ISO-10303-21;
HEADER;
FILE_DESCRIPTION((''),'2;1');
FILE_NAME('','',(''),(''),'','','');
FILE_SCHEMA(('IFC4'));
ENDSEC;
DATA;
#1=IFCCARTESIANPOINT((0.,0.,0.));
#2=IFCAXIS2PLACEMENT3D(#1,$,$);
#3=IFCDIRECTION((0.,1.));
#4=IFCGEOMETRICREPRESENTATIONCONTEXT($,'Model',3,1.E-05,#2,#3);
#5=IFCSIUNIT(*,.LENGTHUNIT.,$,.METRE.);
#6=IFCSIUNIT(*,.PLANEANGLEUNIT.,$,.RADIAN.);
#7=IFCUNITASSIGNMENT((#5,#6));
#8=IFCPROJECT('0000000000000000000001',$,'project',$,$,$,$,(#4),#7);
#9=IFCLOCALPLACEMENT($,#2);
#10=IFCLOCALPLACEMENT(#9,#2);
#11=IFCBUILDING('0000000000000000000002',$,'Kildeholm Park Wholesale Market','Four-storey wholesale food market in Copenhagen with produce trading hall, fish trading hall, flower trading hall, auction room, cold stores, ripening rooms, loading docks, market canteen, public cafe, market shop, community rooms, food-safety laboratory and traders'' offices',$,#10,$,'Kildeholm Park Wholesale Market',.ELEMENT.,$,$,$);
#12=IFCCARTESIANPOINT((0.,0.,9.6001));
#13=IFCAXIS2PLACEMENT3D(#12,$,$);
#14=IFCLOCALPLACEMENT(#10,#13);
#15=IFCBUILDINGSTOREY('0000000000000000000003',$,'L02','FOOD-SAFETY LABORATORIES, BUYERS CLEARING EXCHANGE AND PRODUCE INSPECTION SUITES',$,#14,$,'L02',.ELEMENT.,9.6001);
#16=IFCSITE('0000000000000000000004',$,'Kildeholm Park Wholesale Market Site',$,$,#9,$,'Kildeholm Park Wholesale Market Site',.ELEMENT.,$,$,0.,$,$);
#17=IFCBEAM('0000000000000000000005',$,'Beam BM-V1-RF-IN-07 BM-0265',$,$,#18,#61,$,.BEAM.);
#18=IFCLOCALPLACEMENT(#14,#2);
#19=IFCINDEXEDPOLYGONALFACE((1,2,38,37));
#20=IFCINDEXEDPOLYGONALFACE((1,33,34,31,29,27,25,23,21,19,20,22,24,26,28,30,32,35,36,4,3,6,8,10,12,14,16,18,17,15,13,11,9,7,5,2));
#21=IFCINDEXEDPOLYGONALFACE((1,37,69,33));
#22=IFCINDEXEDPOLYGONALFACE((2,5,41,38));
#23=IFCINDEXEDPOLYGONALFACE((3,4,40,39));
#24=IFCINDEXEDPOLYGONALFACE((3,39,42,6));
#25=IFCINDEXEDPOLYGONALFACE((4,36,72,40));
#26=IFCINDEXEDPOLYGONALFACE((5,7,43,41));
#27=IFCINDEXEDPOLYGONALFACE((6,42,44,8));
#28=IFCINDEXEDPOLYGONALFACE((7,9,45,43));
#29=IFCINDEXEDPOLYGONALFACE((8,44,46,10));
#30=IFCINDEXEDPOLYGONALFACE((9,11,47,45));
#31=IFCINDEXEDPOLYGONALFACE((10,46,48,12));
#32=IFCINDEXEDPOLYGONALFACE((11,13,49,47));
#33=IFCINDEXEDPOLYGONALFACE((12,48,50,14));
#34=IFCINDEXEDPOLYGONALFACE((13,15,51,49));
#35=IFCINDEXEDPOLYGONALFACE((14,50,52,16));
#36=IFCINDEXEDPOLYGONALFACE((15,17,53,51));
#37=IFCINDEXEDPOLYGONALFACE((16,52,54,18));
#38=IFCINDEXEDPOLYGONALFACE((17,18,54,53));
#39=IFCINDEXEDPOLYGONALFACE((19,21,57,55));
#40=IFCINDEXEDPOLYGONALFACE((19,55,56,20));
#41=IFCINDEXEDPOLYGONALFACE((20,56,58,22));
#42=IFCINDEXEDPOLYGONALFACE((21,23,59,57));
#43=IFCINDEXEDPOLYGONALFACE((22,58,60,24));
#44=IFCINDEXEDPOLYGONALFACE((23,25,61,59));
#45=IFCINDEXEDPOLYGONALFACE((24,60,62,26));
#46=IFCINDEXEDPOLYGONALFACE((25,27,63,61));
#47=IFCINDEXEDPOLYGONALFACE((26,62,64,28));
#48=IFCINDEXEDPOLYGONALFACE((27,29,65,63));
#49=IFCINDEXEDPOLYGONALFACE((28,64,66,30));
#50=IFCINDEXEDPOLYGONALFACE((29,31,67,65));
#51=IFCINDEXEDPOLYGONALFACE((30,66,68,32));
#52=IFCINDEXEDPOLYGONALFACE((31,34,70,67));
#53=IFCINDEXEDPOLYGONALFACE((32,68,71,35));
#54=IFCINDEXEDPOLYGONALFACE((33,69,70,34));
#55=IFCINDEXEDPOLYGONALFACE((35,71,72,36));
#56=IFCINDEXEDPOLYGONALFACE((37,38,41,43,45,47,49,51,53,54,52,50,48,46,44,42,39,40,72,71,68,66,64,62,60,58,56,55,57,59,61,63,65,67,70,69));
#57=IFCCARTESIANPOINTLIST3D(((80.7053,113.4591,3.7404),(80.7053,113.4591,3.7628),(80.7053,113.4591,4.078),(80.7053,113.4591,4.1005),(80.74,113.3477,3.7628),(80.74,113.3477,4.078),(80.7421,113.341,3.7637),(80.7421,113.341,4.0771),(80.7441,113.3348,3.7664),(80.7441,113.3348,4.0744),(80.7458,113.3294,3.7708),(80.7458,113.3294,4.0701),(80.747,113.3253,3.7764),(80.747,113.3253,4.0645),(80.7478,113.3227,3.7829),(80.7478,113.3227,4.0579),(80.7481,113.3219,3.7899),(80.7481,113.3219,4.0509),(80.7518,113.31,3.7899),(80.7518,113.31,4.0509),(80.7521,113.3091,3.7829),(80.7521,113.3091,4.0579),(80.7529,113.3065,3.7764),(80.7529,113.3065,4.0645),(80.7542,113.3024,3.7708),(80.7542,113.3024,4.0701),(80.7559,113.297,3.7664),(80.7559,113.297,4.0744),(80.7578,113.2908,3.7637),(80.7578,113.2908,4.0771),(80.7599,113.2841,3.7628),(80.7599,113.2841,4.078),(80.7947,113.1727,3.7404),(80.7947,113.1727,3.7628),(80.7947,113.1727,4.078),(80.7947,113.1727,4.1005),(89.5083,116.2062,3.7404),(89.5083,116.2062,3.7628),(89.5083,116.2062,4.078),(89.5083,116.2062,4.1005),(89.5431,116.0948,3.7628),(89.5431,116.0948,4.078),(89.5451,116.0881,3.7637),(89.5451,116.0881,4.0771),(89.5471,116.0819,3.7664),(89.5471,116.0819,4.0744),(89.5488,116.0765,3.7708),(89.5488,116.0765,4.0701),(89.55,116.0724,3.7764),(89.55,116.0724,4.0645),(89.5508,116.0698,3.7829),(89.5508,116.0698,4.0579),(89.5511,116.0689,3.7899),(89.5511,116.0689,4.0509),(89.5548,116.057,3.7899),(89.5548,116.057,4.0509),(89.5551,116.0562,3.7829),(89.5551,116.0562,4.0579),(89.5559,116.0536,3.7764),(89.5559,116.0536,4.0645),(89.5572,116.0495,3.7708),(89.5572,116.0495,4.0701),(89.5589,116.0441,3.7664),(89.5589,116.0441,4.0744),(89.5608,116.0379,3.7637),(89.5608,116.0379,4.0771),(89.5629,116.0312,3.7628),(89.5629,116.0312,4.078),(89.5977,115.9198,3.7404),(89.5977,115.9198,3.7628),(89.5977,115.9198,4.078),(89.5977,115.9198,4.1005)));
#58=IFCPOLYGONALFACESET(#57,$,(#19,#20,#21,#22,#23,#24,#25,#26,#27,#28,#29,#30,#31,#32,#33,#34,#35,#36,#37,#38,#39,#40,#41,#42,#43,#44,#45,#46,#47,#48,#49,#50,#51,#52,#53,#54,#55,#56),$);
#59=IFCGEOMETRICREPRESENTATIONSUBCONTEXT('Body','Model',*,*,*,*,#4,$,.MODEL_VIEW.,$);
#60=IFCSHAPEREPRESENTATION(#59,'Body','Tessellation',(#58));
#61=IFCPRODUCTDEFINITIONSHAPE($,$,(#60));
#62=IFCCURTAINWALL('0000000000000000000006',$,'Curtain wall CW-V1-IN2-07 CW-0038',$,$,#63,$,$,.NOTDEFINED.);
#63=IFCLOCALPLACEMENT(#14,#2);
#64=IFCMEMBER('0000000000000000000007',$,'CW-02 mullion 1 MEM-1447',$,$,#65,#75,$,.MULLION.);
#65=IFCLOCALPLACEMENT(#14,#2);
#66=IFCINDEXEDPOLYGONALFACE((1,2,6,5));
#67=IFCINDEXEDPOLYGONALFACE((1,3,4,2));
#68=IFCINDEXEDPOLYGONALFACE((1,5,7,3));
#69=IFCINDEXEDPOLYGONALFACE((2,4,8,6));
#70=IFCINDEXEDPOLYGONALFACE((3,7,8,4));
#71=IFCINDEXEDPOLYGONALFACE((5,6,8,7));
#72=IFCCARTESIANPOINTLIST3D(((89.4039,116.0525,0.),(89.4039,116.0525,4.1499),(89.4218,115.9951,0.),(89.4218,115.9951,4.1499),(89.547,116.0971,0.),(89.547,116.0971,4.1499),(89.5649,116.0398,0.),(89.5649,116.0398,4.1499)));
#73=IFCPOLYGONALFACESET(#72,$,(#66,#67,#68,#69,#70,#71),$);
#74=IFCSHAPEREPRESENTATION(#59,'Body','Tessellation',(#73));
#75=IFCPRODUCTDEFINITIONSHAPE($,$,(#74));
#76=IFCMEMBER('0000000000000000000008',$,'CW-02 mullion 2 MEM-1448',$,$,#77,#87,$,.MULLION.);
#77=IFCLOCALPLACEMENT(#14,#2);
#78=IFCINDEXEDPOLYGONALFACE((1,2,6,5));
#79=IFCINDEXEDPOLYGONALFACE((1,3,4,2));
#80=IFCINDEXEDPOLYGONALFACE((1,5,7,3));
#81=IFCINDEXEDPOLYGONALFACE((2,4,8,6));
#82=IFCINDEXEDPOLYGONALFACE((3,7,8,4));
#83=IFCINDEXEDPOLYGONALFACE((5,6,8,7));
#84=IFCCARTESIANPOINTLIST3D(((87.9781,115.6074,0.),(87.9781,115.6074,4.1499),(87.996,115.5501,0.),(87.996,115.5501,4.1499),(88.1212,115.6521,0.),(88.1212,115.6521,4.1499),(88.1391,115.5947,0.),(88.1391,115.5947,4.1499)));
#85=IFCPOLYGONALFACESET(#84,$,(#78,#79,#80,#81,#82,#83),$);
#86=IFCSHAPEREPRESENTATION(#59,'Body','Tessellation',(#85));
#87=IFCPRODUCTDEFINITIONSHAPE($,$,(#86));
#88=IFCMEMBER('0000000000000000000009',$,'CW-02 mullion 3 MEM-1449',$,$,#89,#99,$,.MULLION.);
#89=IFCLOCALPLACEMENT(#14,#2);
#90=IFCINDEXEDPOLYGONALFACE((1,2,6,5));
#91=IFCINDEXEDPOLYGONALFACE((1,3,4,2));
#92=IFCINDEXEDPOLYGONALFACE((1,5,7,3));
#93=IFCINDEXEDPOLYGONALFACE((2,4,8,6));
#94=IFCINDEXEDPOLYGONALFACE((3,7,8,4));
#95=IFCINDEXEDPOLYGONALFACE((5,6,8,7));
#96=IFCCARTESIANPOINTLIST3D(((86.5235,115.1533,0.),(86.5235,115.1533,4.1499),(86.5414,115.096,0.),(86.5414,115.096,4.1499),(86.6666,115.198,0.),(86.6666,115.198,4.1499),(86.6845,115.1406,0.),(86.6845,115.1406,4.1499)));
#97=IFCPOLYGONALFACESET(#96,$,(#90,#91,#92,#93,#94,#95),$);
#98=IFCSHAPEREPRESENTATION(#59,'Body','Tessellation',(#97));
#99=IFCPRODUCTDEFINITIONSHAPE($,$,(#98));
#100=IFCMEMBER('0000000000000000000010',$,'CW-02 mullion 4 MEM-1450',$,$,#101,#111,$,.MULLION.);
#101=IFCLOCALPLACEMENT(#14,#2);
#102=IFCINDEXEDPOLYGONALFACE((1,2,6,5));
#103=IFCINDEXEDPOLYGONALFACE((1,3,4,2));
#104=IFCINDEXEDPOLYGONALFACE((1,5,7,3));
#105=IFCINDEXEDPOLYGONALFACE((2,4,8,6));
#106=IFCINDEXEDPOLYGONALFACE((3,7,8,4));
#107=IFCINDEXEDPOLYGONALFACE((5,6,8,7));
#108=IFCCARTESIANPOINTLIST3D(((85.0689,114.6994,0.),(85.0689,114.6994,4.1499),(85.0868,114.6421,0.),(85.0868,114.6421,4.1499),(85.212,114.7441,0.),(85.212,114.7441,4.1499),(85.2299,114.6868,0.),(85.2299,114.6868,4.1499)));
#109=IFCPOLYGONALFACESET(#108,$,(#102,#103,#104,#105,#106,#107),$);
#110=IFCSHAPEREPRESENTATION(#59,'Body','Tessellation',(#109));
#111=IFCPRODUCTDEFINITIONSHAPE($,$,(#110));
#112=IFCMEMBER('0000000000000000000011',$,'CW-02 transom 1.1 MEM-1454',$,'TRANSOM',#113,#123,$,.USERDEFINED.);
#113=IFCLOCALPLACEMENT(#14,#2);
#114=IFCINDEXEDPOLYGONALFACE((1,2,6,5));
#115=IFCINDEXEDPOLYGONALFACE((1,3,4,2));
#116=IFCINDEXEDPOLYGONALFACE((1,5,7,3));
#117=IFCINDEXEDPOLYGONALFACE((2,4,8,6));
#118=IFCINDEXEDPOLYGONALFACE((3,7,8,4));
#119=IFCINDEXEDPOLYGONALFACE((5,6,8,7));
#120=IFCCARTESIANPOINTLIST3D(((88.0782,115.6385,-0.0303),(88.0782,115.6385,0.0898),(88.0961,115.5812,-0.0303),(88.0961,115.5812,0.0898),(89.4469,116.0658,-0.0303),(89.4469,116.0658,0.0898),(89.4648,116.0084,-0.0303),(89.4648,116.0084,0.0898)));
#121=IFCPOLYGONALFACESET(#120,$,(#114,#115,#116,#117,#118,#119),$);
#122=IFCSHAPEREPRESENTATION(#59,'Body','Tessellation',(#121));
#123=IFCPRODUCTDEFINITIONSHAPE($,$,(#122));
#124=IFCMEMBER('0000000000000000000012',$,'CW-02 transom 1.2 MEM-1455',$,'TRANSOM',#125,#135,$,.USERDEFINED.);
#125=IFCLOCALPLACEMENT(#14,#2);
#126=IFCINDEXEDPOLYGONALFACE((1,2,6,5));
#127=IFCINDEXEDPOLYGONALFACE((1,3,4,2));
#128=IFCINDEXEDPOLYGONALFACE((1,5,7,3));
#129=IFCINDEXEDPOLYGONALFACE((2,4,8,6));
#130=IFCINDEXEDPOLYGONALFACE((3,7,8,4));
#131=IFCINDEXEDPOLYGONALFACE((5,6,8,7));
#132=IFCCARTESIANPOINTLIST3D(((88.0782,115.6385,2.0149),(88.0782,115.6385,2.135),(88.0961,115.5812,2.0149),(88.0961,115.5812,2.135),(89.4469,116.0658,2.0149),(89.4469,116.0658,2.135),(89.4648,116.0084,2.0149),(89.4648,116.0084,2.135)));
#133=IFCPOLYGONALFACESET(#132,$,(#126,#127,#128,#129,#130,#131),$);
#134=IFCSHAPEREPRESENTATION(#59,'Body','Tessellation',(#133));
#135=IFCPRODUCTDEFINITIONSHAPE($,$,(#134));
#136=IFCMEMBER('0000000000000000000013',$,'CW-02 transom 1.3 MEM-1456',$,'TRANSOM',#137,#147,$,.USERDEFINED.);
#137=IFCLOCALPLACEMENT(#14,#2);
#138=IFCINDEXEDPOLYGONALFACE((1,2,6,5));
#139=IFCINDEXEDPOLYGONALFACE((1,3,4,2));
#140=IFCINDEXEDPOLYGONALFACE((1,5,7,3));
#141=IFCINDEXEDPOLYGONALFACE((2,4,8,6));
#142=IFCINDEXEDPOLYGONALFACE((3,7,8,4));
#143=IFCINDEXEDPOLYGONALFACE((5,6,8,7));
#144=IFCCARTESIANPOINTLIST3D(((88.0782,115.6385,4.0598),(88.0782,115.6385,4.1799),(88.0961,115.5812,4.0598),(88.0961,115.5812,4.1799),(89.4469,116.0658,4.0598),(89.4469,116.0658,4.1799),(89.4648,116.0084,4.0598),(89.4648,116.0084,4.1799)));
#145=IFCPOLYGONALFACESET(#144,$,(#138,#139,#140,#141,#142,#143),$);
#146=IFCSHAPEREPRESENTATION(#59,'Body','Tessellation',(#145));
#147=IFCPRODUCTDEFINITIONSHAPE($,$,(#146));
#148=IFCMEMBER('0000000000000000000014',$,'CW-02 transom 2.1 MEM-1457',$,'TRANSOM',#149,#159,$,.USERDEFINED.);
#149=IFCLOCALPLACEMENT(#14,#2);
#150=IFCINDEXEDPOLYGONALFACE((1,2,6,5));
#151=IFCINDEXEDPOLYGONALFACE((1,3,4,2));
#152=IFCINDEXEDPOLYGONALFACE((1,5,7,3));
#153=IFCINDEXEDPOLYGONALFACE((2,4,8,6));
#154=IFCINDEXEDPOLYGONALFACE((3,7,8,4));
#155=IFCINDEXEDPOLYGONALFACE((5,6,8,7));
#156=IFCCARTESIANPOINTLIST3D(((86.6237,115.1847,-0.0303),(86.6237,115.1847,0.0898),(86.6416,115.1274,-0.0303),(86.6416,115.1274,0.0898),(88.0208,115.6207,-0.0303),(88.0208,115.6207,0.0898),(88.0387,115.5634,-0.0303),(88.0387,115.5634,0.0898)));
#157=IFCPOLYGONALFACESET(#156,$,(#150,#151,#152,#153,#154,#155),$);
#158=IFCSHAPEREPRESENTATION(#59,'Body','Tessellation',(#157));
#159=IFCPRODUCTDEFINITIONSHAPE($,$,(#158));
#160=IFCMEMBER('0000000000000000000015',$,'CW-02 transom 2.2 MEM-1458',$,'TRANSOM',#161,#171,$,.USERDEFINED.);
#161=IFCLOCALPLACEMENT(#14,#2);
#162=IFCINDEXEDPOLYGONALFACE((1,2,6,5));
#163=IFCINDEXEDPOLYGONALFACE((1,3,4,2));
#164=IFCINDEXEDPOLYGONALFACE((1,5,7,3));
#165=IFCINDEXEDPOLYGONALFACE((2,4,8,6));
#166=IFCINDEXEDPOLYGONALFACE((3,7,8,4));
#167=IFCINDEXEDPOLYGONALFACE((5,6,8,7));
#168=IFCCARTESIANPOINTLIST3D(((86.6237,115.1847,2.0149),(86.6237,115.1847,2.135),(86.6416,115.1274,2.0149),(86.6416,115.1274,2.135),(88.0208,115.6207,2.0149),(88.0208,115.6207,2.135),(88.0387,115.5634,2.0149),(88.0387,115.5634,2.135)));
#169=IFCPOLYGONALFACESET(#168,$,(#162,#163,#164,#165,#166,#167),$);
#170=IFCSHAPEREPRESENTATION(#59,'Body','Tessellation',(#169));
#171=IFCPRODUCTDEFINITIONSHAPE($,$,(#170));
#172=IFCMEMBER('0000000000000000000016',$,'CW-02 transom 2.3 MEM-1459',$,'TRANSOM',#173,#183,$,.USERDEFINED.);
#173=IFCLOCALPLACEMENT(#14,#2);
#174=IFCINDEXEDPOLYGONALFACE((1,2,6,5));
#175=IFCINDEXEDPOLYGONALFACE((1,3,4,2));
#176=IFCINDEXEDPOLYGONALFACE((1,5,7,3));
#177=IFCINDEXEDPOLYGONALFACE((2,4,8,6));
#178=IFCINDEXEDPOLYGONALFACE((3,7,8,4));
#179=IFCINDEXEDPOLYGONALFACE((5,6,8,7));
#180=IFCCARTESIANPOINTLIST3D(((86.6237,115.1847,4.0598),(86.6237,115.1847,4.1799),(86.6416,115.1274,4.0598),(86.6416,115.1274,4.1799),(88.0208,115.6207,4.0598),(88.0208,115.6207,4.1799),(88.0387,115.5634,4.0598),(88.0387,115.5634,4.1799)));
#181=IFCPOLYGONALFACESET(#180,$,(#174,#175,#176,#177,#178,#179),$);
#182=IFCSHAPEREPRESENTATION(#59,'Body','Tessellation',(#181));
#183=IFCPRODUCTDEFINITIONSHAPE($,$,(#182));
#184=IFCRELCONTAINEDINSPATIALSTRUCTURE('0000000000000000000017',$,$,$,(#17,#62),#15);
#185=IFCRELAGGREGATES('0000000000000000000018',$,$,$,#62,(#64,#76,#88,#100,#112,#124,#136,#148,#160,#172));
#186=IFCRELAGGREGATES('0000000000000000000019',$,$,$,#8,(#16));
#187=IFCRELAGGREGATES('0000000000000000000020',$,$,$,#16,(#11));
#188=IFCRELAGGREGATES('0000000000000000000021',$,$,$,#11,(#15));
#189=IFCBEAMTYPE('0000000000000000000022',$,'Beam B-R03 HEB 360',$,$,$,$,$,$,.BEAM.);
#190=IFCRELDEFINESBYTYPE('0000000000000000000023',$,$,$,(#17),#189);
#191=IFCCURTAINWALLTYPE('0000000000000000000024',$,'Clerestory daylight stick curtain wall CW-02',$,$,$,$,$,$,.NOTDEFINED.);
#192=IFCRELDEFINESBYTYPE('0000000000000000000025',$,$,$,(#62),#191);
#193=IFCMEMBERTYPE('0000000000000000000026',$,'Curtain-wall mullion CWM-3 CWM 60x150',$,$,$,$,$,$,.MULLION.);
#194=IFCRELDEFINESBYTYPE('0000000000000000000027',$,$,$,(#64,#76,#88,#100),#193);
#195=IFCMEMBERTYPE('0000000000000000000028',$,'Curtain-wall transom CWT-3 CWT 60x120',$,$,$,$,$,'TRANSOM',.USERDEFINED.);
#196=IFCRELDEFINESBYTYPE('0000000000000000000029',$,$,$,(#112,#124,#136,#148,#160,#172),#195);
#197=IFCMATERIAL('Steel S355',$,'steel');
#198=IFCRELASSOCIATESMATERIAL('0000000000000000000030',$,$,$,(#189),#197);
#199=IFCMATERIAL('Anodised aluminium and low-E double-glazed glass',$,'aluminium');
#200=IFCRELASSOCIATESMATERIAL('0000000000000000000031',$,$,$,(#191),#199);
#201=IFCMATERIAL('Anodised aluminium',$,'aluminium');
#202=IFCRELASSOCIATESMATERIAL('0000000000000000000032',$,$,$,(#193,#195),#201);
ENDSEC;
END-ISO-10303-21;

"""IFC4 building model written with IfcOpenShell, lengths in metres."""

from ifc_helpers import new_model, si_unit, direction, frame, origin, origin_2d, place, context, subcontext, project, spatial, rectangle, i_section, extrude, material, material_profile, profile_set, type_object, element, aggregate, save


model = new_model("IFC4")

# Units and contexts
model_context = context("Model", 3, precision=1e-05, world=origin(), true_north=direction((0.0, 1.0)))
body_context = subcontext(model_context, "Body", "Model", "MODEL_VIEW")
ifc_project = project(units=[si_unit("LENGTHUNIT", "METRE"), si_unit("PLANEANGLEUNIT", "RADIAN")], contexts=[model_context])

# Site, building, storey
site_placement = place(None, origin())
site = spatial("IfcSite", under=ifc_project, at=site_placement, Name="Kildeholm Park Wholesale Market Site", LongName="Kildeholm Park Wholesale Market Site", CompositionType="ELEMENT", RefElevation=0.0)
building_placement = place(site_placement, origin())
building = spatial("IfcBuilding", under=site, at=building_placement, Name="Kildeholm Park Wholesale Market", Description="Four-storey wholesale food market in Copenhagen with produce trading hall, fish trading hall, flower trading hall, auction room, cold stores, ripening rooms, loading docks, market canteen, public cafe, market shop, community rooms, food-safety laboratory and traders' offices", LongName="Kildeholm Park Wholesale Market", CompositionType="ELEMENT")
storey_placement = place(building_placement, frame((0.0, 0.0, 9.6001)))
storey = spatial("IfcBuildingStorey", under=building, at=storey_placement, Name="L02", Description="FOOD-SAFETY LABORATORIES, BUYERS CLEARING EXCHANGE AND PRODUCE INSPECTION SUITES", LongName="L02", CompositionType="ELEMENT", Elevation=9.6001)

# Shared definitions
ifc_material_1 = material(Name="Steel S355", Category="steel")

# Beam
ifc_material_profile_1 = material_profile(ifc_material_1, i_section(OverallWidth=0.3, OverallDepth=0.3601, WebThickness=0.0125, FlangeThickness=0.0225, FilletRadius=0.0271, at=origin_2d()), Name="HEB 360")
ifc_profile_set_1 = profile_set([ifc_material_profile_1], Name="Steel S355")
beam_type_1 = type_object("IfcBeamType", Name="Beam B-R03 HEB 360", PredefinedType="BEAM", material=ifc_profile_set_1)
beam_1_placement = place(storey_placement, frame((89.553, 116.063, 3.9204), z_axis=(-0.954599, -0.297894, 0.0), x_axis=(0.297894, -0.954599, 0.0)))
element("IfcBeam", 1, at=beam_1_placement, inside=storey, type_object=beam_type_1, Name="Beam BM-V1-RF-IN-07 BM-0265", PredefinedType="BEAM", context=body_context, shape_type="SweptSolid", body=[
    extrude(i_section(OverallWidth=0.3, OverallDepth=0.3601, WebThickness=0.0125, FlangeThickness=0.0225, FilletRadius=0.0271, at=origin_2d()), origin(), (0.0, 0.0, 1.0), 9.2217),
])

# Curtain wall, members
ifc_material_2 = material(Name="Anodised aluminium and low-E double-glazed glass", Category="aluminium")
curtain_wall_type = type_object("IfcCurtainWallType", Name="Clerestory daylight stick curtain wall CW-02", PredefinedType="NOTDEFINED", material=ifc_material_2)
curtain_wall_placement = place(storey_placement, origin())
curtain_wall = element("IfcCurtainWall", 2, at=curtain_wall_placement, inside=storey, type_object=curtain_wall_type, Name="Curtain wall CW-V1-IN2-07 CW-0038", PredefinedType="NOTDEFINED")
ifc_material_3 = material(Name="Anodised aluminium", Category="aluminium")
ifc_material_profile_2 = material_profile(ifc_material_3, rectangle(XDim=0.0601, YDim=0.1499, at=origin_2d()), Name="CWM 60x150")
ifc_profile_set_2 = profile_set([ifc_material_profile_2], Name="Anodised aluminium")
member_type_1 = type_object("IfcMemberType", Name="Curtain-wall mullion CWM-3 CWM 60x150", PredefinedType="MULLION", material=ifc_profile_set_2)
member_1_placement = place(storey_placement, frame((89.4844, 116.0461, 0.0), z_axis=(0.0, 0.0, 1.0), x_axis=(0.297957, -0.954579, 0.0)))
member_1 = element("IfcMember", 3, at=member_1_placement, type_object=member_type_1, Name="CW-02 mullion 1 MEM-1447", PredefinedType="MULLION", context=body_context, shape_type="SweptSolid", body=[
    extrude(rectangle(XDim=0.0601, YDim=0.1499, at=origin_2d()), origin(), (0.0, 0.0, 1.0), 4.1499),
])
member_2_placement = place(storey_placement, frame((88.0586, 115.6011, 0.0), z_axis=(0.0, 0.0, 1.0), x_axis=(0.297957, -0.954579, 0.0)))
member_2 = element("IfcMember", 4, at=member_2_placement, type_object=member_type_1, Name="CW-02 mullion 2 MEM-1448", PredefinedType="MULLION", context=body_context, shape_type="SweptSolid", body=[
    extrude(rectangle(XDim=0.0601, YDim=0.1499, at=origin_2d()), origin(), (0.0, 0.0, 1.0), 4.1499),
])
member_3_placement = place(storey_placement, frame((86.604, 115.147, 0.0), z_axis=(0.0, 0.0, 1.0), x_axis=(0.297957, -0.954579, 0.0)))
member_3 = element("IfcMember", 5, at=member_3_placement, type_object=member_type_1, Name="CW-02 mullion 3 MEM-1449", PredefinedType="MULLION", context=body_context, shape_type="SweptSolid", body=[
    extrude(rectangle(XDim=0.0601, YDim=0.1499, at=origin_2d()), origin(), (0.0, 0.0, 1.0), 4.1499),
])
member_4_placement = place(storey_placement, frame((85.1494, 114.6931, 0.0), z_axis=(0.0, 0.0, 1.0), x_axis=(0.297957, -0.954579, 0.0)))
member_4 = element("IfcMember", 6, at=member_4_placement, type_object=member_type_1, Name="CW-02 mullion 4 MEM-1450", PredefinedType="MULLION", context=body_context, shape_type="SweptSolid", body=[
    extrude(rectangle(XDim=0.0601, YDim=0.1499, at=origin_2d()), origin(), (0.0, 0.0, 1.0), 4.1499),
])
ifc_material_profile_3 = material_profile(ifc_material_3, rectangle(XDim=0.0601, YDim=0.1201, at=origin_2d()), Name="CWT 60x120")
ifc_profile_set_3 = profile_set([ifc_material_profile_3], Name="Anodised aluminium")
member_type_2 = type_object("IfcMemberType", Name="Curtain-wall transom CWT-3 CWT 60x120", ElementType="TRANSOM", PredefinedType="USERDEFINED", material=ifc_profile_set_3)
member_5_placement = place(storey_placement, frame((89.4558, 116.0371, 0.0298), z_axis=(-0.954571, -0.297984, 0.0), x_axis=(0.297984, -0.954571, 0.0)))
member_5 = element("IfcMember", 7, at=member_5_placement, type_object=member_type_2, Name="CW-02 transom 1.1 MEM-1454", ObjectType="TRANSOM", PredefinedType="USERDEFINED", context=body_context, shape_type="SweptSolid", body=[
    extrude(rectangle(XDim=0.0601, YDim=0.1201, at=origin_2d()), origin(), (0.0, 0.0, 1.0), 1.4338),
])
member_6_placement = place(storey_placement, frame((89.4558, 116.0371, 2.075), z_axis=(-0.954571, -0.297984, 0.0), x_axis=(0.297984, -0.954571, 0.0)))
member_6 = element("IfcMember", 8, at=member_6_placement, type_object=member_type_2, Name="CW-02 transom 1.2 MEM-1455", ObjectType="TRANSOM", PredefinedType="USERDEFINED", context=body_context, shape_type="SweptSolid", body=[
    extrude(rectangle(XDim=0.0601, YDim=0.1201, at=origin_2d()), origin(), (0.0, 0.0, 1.0), 1.4338),
])
member_7_placement = place(storey_placement, frame((89.4558, 116.0371, 4.1199), z_axis=(-0.954571, -0.297984, 0.0), x_axis=(0.297984, -0.954571, 0.0)))
member_7 = element("IfcMember", 9, at=member_7_placement, type_object=member_type_2, Name="CW-02 transom 1.3 MEM-1456", ObjectType="TRANSOM", PredefinedType="USERDEFINED", context=body_context, shape_type="SweptSolid", body=[
    extrude(rectangle(XDim=0.0601, YDim=0.1201, at=origin_2d()), origin(), (0.0, 0.0, 1.0), 1.4338),
])
member_8_placement = place(storey_placement, frame((88.0298, 115.592, 0.0298), z_axis=(-0.954596, -0.297905, 0.0), x_axis=(0.297905, -0.954596, 0.0)))
member_8 = element("IfcMember", 10, at=member_8_placement, type_object=member_type_2, Name="CW-02 transom 2.1 MEM-1457", ObjectType="TRANSOM", PredefinedType="USERDEFINED", context=body_context, shape_type="SweptSolid", body=[
    extrude(rectangle(XDim=0.0601, YDim=0.1201, at=origin_2d()), origin(), (0.0, 0.0, 1.0), 1.4636),
])
member_9_placement = place(storey_placement, frame((88.0298, 115.592, 2.075), z_axis=(-0.954596, -0.297905, 0.0), x_axis=(0.297905, -0.954596, 0.0)))
member_9 = element("IfcMember", 11, at=member_9_placement, type_object=member_type_2, Name="CW-02 transom 2.2 MEM-1458", ObjectType="TRANSOM", PredefinedType="USERDEFINED", context=body_context, shape_type="SweptSolid", body=[
    extrude(rectangle(XDim=0.0601, YDim=0.1201, at=origin_2d()), origin(), (0.0, 0.0, 1.0), 1.4636),
])
member_10_placement = place(storey_placement, frame((88.0298, 115.592, 4.1199), z_axis=(-0.954596, -0.297905, 0.0), x_axis=(0.297905, -0.954596, 0.0)))
member_10 = element("IfcMember", 12, at=member_10_placement, type_object=member_type_2, Name="CW-02 transom 2.3 MEM-1459", ObjectType="TRANSOM", PredefinedType="USERDEFINED", context=body_context, shape_type="SweptSolid", body=[
    extrude(rectangle(XDim=0.0601, YDim=0.1201, at=origin_2d()), origin(), (0.0, 0.0, 1.0), 1.4636),
])
aggregate(curtain_wall, [member_1, member_2, member_3, member_4, member_5, member_6, member_7, member_8, member_9, member_10])

save(model, "model.ifc")
